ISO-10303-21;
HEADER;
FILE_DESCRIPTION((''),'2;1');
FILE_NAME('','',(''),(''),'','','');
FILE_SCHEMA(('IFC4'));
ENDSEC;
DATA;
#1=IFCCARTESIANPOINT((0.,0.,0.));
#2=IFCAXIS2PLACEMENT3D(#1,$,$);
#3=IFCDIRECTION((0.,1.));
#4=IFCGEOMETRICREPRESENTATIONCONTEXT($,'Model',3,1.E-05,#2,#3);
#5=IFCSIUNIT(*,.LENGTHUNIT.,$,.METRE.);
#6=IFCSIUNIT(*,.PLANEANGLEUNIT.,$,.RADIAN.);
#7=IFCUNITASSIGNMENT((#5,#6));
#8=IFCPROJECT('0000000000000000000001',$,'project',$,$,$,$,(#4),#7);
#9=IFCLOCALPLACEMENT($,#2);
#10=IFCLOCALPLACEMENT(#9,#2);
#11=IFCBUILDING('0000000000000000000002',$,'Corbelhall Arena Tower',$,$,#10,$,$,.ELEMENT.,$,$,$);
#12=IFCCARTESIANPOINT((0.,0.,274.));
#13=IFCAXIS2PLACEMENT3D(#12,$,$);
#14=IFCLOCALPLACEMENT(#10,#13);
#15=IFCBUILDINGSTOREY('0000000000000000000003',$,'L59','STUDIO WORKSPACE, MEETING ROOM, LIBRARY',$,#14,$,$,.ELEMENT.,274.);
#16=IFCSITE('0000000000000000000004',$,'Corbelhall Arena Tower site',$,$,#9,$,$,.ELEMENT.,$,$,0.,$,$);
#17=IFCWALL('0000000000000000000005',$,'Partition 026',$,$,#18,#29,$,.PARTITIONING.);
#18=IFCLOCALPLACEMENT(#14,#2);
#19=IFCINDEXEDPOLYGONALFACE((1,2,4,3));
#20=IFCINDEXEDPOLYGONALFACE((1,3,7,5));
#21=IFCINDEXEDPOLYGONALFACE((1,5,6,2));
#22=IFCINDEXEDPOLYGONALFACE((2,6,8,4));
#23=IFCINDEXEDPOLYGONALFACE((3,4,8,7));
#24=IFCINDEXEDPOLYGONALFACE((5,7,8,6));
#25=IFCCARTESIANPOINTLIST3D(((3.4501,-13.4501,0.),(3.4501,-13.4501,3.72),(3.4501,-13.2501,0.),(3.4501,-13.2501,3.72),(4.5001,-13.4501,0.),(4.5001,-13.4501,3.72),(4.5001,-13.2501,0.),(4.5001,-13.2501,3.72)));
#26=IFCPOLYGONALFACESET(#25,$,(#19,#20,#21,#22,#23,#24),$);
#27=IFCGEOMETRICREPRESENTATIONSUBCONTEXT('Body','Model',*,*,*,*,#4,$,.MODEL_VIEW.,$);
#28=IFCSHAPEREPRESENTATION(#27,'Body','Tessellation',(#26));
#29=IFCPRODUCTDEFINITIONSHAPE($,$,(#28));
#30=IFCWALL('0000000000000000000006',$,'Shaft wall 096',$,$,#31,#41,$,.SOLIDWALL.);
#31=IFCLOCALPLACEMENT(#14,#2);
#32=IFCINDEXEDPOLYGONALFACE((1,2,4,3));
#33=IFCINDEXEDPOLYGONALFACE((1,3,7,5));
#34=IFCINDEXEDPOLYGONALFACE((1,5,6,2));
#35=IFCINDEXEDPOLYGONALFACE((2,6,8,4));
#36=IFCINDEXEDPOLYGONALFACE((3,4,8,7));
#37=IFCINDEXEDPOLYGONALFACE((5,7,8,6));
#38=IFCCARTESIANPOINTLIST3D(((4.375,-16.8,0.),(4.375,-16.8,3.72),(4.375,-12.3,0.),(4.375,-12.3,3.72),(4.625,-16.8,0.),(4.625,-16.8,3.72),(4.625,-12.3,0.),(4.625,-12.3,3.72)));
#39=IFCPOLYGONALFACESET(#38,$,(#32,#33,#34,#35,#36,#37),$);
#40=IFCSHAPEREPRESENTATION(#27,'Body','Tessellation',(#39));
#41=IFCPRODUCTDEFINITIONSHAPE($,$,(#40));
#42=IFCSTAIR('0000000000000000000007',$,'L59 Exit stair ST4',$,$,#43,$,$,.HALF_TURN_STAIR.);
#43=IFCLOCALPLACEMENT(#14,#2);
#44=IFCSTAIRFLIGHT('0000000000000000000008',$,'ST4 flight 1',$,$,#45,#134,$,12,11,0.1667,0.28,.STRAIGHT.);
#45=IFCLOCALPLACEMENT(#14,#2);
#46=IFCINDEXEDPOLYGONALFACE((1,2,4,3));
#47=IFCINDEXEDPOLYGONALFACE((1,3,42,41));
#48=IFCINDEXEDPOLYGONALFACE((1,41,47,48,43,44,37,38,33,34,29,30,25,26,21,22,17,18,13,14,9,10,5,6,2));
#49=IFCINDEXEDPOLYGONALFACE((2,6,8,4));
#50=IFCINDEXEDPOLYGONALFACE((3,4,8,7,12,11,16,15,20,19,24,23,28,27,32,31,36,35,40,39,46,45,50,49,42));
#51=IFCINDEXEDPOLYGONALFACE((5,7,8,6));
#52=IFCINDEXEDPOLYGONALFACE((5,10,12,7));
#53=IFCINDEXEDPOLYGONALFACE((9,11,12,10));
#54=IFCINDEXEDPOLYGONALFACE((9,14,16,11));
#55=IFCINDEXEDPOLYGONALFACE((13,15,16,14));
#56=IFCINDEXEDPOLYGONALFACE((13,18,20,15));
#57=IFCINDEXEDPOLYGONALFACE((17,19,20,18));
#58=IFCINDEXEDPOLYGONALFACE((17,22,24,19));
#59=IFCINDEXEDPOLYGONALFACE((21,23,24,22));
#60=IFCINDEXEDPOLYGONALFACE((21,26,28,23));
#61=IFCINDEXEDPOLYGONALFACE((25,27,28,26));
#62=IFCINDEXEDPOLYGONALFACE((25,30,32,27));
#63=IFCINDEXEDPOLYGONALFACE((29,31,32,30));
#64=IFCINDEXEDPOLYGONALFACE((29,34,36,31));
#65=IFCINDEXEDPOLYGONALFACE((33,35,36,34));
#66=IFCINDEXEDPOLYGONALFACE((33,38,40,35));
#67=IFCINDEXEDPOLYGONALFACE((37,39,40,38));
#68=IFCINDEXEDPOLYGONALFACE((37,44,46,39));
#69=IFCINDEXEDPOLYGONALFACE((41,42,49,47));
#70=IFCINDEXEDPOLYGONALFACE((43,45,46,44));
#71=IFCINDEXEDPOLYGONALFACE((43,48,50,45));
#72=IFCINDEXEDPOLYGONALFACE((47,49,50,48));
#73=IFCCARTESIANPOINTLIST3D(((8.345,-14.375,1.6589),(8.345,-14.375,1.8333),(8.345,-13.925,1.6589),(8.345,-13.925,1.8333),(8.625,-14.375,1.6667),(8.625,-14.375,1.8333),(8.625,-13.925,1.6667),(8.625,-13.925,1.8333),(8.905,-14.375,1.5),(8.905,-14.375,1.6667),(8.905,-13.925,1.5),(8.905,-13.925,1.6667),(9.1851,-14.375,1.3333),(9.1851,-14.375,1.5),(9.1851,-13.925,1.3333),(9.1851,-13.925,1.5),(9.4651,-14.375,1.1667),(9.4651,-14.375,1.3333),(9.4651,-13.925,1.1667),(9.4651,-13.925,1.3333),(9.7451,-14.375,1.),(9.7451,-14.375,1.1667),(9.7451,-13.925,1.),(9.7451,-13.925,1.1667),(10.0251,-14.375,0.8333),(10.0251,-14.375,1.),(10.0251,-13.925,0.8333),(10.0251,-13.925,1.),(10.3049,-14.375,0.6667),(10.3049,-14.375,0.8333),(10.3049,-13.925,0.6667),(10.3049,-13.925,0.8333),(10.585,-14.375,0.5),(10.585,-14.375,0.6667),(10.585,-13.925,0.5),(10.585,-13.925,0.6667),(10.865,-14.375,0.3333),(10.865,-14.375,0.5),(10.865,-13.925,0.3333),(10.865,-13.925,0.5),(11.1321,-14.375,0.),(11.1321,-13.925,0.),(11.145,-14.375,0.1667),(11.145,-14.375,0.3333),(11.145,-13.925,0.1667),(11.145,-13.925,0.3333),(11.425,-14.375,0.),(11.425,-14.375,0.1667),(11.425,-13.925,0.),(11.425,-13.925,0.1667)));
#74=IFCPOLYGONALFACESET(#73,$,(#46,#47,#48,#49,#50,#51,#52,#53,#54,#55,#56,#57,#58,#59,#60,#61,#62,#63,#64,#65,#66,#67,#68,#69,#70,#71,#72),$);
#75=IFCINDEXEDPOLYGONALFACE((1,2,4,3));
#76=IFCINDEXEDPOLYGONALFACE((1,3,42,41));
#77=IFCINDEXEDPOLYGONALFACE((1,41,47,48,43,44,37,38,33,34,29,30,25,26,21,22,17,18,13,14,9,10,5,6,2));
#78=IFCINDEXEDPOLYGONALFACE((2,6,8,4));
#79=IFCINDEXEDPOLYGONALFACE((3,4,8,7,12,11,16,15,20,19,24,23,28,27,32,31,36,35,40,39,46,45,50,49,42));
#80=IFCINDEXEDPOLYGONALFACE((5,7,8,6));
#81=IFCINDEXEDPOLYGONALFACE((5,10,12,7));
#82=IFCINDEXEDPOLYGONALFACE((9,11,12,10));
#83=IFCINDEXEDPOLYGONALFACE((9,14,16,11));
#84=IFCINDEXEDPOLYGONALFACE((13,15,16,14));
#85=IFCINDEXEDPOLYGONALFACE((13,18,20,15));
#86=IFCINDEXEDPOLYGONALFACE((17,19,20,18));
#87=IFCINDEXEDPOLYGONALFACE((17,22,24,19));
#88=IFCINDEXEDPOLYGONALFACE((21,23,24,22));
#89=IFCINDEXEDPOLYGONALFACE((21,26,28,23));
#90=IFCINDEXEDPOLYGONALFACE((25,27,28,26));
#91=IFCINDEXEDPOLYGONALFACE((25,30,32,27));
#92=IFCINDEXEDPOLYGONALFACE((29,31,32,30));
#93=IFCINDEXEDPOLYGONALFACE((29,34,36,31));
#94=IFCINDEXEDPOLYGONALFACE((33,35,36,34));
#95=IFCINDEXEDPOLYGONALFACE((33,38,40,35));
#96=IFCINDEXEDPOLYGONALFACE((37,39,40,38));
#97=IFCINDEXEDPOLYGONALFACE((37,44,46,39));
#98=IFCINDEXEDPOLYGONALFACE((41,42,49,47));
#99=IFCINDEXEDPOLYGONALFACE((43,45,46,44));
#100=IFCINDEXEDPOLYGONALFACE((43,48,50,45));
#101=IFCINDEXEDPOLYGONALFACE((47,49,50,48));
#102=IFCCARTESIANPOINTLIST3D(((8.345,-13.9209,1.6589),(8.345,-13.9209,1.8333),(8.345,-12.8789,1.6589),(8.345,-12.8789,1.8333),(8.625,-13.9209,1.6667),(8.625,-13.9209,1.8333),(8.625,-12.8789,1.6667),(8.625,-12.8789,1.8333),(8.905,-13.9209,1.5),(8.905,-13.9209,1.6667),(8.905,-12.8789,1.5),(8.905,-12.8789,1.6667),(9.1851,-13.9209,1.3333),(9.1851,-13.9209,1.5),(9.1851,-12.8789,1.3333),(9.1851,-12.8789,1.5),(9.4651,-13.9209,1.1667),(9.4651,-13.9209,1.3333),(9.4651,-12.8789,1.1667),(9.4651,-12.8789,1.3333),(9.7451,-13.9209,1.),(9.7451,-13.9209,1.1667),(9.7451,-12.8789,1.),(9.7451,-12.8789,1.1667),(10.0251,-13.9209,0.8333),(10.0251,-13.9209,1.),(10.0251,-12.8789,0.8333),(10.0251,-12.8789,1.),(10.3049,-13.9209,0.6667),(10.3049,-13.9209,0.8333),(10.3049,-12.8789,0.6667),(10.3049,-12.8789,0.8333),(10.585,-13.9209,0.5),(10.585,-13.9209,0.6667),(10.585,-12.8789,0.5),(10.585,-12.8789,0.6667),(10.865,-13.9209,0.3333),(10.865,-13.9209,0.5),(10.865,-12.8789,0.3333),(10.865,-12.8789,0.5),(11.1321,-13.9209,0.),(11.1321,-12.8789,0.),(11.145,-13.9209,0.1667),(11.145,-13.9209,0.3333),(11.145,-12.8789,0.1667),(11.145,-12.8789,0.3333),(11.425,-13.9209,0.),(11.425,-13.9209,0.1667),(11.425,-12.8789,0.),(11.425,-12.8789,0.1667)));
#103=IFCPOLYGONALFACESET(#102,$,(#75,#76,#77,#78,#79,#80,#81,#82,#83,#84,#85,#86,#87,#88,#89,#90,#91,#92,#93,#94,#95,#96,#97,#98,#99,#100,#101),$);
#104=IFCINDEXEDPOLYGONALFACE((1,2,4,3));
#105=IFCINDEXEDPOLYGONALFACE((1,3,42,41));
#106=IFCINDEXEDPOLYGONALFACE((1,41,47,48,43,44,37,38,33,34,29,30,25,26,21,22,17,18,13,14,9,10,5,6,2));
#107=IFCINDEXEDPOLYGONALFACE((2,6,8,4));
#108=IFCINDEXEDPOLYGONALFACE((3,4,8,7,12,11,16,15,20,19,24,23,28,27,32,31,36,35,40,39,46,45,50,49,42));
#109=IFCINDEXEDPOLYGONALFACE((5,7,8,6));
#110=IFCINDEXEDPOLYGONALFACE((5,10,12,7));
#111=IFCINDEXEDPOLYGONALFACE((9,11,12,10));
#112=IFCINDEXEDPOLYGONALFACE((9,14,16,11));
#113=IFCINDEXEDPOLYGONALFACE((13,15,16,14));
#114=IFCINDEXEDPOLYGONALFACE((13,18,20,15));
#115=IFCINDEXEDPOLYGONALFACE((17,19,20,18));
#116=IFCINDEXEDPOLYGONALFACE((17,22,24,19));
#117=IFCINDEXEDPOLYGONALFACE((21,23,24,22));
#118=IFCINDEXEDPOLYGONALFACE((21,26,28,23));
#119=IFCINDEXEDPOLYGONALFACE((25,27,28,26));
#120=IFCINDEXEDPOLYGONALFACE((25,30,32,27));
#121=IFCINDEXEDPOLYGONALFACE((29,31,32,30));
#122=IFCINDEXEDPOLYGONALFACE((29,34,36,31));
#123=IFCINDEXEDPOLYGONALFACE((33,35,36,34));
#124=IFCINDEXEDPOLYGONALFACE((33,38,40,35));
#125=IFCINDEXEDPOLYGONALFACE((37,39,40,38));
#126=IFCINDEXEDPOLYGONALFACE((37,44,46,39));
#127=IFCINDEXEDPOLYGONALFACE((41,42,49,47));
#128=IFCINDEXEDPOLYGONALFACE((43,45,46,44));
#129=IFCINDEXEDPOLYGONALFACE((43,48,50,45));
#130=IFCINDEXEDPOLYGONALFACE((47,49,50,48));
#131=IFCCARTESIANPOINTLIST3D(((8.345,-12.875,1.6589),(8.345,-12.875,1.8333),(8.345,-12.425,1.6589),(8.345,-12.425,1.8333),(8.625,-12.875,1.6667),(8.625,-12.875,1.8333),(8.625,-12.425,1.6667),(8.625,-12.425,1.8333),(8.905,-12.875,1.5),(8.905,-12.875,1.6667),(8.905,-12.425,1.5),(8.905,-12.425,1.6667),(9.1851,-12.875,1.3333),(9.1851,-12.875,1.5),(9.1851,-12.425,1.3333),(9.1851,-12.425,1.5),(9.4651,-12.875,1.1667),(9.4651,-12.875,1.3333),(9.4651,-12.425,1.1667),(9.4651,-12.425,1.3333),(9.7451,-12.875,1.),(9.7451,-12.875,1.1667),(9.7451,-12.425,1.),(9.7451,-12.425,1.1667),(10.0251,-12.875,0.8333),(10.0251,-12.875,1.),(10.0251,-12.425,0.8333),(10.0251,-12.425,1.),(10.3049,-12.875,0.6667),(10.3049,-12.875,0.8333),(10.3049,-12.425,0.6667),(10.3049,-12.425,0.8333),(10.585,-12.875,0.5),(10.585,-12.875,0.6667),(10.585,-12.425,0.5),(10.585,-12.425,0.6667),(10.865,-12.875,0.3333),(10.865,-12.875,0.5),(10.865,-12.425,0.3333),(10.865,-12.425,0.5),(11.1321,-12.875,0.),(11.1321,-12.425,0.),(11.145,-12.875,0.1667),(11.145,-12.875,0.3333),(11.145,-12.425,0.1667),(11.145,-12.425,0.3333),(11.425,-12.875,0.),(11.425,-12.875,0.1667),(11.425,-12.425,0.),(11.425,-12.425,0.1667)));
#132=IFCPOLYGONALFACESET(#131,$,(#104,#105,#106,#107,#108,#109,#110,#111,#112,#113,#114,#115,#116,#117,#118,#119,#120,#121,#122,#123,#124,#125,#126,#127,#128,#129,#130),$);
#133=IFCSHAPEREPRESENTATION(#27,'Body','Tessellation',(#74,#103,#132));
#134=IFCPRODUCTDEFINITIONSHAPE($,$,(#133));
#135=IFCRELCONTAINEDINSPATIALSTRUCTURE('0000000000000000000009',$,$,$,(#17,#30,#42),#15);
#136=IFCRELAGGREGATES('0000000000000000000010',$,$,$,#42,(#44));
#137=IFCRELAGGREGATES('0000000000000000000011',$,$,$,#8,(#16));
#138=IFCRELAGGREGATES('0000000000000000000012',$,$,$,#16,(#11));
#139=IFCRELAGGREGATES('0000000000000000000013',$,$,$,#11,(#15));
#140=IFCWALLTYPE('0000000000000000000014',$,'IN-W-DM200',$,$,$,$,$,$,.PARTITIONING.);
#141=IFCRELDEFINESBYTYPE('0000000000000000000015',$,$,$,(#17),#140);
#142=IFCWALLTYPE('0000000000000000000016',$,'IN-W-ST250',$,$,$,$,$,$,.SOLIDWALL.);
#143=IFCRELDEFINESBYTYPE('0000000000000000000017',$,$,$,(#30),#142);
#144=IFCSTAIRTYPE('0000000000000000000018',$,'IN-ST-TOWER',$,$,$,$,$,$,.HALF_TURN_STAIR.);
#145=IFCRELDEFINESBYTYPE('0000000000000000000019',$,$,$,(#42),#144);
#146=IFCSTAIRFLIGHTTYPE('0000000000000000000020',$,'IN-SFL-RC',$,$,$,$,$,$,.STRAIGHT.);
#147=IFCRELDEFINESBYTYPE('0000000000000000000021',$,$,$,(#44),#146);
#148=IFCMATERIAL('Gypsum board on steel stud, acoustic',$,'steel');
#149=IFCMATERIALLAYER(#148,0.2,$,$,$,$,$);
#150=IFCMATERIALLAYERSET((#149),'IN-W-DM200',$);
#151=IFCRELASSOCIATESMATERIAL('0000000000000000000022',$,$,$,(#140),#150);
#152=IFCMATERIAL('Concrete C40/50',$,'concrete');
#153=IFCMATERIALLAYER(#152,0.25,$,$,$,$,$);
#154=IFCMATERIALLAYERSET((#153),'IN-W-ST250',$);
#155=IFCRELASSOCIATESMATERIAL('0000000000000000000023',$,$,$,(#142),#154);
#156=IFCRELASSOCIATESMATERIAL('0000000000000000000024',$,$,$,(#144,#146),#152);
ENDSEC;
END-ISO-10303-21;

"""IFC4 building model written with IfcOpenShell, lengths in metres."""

from ifc_helpers import new_model, si_unit, direction, frame, frame_2d, origin, place, context, subcontext, project, spatial, polyline, rectangle, outline, extrude, material, layer, layer_set, type_object, element, aggregate, save


model = new_model("IFC4")

# Units and contexts
model_context = context("Model", 3, precision=1e-05, world=origin(), true_north=direction((0.0, 1.0)))
body_context = subcontext(model_context, "Body", "Model", "MODEL_VIEW")
ifc_project = project(units=[si_unit("LENGTHUNIT", "METRE"), si_unit("PLANEANGLEUNIT", "RADIAN")], contexts=[model_context])

# Site, building, storey
site_placement = place(None, origin())
site = spatial("IfcSite", under=ifc_project, at=site_placement, Name="Corbelhall Arena Tower site", CompositionType="ELEMENT", RefElevation=0.0)
building_placement = place(site_placement, origin())
building = spatial("IfcBuilding", under=site, at=building_placement, Name="Corbelhall Arena Tower", CompositionType="ELEMENT")
storey_placement = place(building_placement, frame((0.0, 0.0, 274.0)))
storey = spatial("IfcBuildingStorey", under=building, at=storey_placement, Name="L59", Description="STUDIO WORKSPACE, MEETING ROOM, LIBRARY", CompositionType="ELEMENT", Elevation=274.0)

# Walls
ifc_material_1 = material(Name="Gypsum board on steel stud, acoustic", Category="steel")
ifc_layer_1 = layer(ifc_material_1, 0.2)
ifc_layer_set_1 = layer_set([ifc_layer_1], Name="IN-W-DM200")
wall_type_1 = type_object("IfcWallType", Name="IN-W-DM200", PredefinedType="PARTITIONING", material=ifc_layer_set_1)
wall_1_placement = place(storey_placement, frame((4.5, -13.3501, 0.0), z_axis=(0.0, 0.0, 1.0), x_axis=(-1.0, 0.0, 0.0)))
element("IfcWall", 1, at=wall_1_placement, inside=storey, type_object=wall_type_1, Name="Partition 026", PredefinedType="PARTITIONING", context=body_context, shape_type="SweptSolid", body=[
    extrude(rectangle(XDim=1.05, YDim=0.2, at=frame_2d((0.5249, 0.0))), origin(), (0.0, 0.0, 1.0), 3.72),
])
ifc_material_2 = material(Name="Concrete C40/50", Category="concrete")
ifc_layer_2 = layer(ifc_material_2, 0.25)
ifc_layer_set_2 = layer_set([ifc_layer_2], Name="IN-W-ST250")
wall_type_2 = type_object("IfcWallType", Name="IN-W-ST250", PredefinedType="SOLIDWALL", material=ifc_layer_set_2)
wall_2_placement = place(storey_placement, frame((4.5, -16.8, 0.0), z_axis=(0.0, 0.0, 1.0), x_axis=(0.0, 1.0, 0.0)))
element("IfcWall", 2, at=wall_2_placement, inside=storey, type_object=wall_type_2, Name="Shaft wall 096", PredefinedType="SOLIDWALL", context=body_context, shape_type="SweptSolid", body=[
    extrude(rectangle(XDim=4.5, YDim=0.25, at=frame_2d((2.25, 0.0))), origin(), (0.0, 0.0, 1.0), 3.72),
])

# Stair, stair flight
stair_type = type_object("IfcStairType", Name="IN-ST-TOWER", PredefinedType="HALF_TURN_STAIR", material=ifc_material_2)
stair_placement = place(storey_placement, origin())
stair = element("IfcStair", 3, at=stair_placement, inside=storey, type_object=stair_type, Name="L59 Exit stair ST4", PredefinedType="HALF_TURN_STAIR")
stair_flight_type = type_object("IfcStairFlightType", Name="IN-SFL-RC", PredefinedType="STRAIGHT", material=ifc_material_2)
stair_flight_1_placement = place(storey_placement, frame((11.425, -13.3999, 0.0), z_axis=(0.0, 0.0, 1.0), x_axis=(-1.0, 0.0, 0.0)))
stair_flight_1 = element("IfcStairFlight", 4, at=stair_flight_1_placement, type_object=stair_flight_type, Name="ST4 flight 1", NumberOfRisers=12, NumberOfTreads=11, PredefinedType="STRAIGHT", RiserHeight=0.1667, TreadLength=0.28, context=body_context, shape_type="SweptSolid", body=[
    extrude(outline(polyline([(0.0, 0.0), (0.0, 0.1667), (0.28, 0.1667), (0.28, 0.3333), (0.5601, 0.3333), (0.5601, 0.5), (0.8401, 0.5), (0.8401, 0.6667), (1.1201, 0.6667), (1.1201, 0.8333), (1.3999, 0.8333), (1.3999, 1.0), (1.6799, 1.0), (1.6799, 1.1667), (1.96, 1.1667), (1.96, 1.3333), (2.24, 1.3333), (2.24, 1.5), (2.52, 1.5), (2.52, 1.6667), (2.8, 1.6667), (2.8, 1.8333), (3.0801, 1.8333), (3.0801, 2.0), (3.0801, 1.6589), (0.293, 0.0), (0.0, 0.0)])), frame((0.0, 0.9751, 0.0), z_axis=(0.0, -1.0, 0.0), x_axis=(1.0, 0.0, 0.0)), (0.0, 0.0, 1.0), 0.45),
    extrude(outline(polyline([(0.0, 0.0), (0.0, 0.1667), (0.28, 0.1667), (0.28, 0.3333), (0.5601, 0.3333), (0.5601, 0.5), (0.8401, 0.5), (0.8401, 0.6667), (1.1201, 0.6667), (1.1201, 0.8333), (1.3999, 0.8333), (1.3999, 1.0), (1.6799, 1.0), (1.6799, 1.1667), (1.96, 1.1667), (1.96, 1.3333), (2.24, 1.3333), (2.24, 1.5), (2.52, 1.5), (2.52, 1.6667), (2.8, 1.6667), (2.8, 1.8333), (3.0801, 1.8333), (3.0801, 2.0), (3.0801, 1.6589), (0.293, 0.0), (0.0, 0.0)])), frame((0.0, 0.521, 0.0), z_axis=(0.0, -1.0, 0.0), x_axis=(1.0, 0.0, 0.0)), (0.0, 0.0, 1.0), 1.042),
    extrude(outline(polyline([(0.0, 0.0), (0.0, 0.1667), (0.28, 0.1667), (0.28, 0.3333), (0.5601, 0.3333), (0.5601, 0.5), (0.8401, 0.5), (0.8401, 0.6667), (1.1201, 0.6667), (1.1201, 0.8333), (1.3999, 0.8333), (1.3999, 1.0), (1.6799, 1.0), (1.6799, 1.1667), (1.96, 1.1667), (1.96, 1.3333), (2.24, 1.3333), (2.24, 1.5), (2.52, 1.5), (2.52, 1.6667), (2.8, 1.6667), (2.8, 1.8333), (3.0801, 1.8333), (3.0801, 2.0), (3.0801, 1.6589), (0.293, 0.0), (0.0, 0.0)])), frame((0.0, -0.5249, 0.0), z_axis=(0.0, -1.0, 0.0), x_axis=(1.0, 0.0, 0.0)), (0.0, 0.0, 1.0), 0.45),
])
aggregate(stair, [stair_flight_1])

save(model, "model.ifc")
